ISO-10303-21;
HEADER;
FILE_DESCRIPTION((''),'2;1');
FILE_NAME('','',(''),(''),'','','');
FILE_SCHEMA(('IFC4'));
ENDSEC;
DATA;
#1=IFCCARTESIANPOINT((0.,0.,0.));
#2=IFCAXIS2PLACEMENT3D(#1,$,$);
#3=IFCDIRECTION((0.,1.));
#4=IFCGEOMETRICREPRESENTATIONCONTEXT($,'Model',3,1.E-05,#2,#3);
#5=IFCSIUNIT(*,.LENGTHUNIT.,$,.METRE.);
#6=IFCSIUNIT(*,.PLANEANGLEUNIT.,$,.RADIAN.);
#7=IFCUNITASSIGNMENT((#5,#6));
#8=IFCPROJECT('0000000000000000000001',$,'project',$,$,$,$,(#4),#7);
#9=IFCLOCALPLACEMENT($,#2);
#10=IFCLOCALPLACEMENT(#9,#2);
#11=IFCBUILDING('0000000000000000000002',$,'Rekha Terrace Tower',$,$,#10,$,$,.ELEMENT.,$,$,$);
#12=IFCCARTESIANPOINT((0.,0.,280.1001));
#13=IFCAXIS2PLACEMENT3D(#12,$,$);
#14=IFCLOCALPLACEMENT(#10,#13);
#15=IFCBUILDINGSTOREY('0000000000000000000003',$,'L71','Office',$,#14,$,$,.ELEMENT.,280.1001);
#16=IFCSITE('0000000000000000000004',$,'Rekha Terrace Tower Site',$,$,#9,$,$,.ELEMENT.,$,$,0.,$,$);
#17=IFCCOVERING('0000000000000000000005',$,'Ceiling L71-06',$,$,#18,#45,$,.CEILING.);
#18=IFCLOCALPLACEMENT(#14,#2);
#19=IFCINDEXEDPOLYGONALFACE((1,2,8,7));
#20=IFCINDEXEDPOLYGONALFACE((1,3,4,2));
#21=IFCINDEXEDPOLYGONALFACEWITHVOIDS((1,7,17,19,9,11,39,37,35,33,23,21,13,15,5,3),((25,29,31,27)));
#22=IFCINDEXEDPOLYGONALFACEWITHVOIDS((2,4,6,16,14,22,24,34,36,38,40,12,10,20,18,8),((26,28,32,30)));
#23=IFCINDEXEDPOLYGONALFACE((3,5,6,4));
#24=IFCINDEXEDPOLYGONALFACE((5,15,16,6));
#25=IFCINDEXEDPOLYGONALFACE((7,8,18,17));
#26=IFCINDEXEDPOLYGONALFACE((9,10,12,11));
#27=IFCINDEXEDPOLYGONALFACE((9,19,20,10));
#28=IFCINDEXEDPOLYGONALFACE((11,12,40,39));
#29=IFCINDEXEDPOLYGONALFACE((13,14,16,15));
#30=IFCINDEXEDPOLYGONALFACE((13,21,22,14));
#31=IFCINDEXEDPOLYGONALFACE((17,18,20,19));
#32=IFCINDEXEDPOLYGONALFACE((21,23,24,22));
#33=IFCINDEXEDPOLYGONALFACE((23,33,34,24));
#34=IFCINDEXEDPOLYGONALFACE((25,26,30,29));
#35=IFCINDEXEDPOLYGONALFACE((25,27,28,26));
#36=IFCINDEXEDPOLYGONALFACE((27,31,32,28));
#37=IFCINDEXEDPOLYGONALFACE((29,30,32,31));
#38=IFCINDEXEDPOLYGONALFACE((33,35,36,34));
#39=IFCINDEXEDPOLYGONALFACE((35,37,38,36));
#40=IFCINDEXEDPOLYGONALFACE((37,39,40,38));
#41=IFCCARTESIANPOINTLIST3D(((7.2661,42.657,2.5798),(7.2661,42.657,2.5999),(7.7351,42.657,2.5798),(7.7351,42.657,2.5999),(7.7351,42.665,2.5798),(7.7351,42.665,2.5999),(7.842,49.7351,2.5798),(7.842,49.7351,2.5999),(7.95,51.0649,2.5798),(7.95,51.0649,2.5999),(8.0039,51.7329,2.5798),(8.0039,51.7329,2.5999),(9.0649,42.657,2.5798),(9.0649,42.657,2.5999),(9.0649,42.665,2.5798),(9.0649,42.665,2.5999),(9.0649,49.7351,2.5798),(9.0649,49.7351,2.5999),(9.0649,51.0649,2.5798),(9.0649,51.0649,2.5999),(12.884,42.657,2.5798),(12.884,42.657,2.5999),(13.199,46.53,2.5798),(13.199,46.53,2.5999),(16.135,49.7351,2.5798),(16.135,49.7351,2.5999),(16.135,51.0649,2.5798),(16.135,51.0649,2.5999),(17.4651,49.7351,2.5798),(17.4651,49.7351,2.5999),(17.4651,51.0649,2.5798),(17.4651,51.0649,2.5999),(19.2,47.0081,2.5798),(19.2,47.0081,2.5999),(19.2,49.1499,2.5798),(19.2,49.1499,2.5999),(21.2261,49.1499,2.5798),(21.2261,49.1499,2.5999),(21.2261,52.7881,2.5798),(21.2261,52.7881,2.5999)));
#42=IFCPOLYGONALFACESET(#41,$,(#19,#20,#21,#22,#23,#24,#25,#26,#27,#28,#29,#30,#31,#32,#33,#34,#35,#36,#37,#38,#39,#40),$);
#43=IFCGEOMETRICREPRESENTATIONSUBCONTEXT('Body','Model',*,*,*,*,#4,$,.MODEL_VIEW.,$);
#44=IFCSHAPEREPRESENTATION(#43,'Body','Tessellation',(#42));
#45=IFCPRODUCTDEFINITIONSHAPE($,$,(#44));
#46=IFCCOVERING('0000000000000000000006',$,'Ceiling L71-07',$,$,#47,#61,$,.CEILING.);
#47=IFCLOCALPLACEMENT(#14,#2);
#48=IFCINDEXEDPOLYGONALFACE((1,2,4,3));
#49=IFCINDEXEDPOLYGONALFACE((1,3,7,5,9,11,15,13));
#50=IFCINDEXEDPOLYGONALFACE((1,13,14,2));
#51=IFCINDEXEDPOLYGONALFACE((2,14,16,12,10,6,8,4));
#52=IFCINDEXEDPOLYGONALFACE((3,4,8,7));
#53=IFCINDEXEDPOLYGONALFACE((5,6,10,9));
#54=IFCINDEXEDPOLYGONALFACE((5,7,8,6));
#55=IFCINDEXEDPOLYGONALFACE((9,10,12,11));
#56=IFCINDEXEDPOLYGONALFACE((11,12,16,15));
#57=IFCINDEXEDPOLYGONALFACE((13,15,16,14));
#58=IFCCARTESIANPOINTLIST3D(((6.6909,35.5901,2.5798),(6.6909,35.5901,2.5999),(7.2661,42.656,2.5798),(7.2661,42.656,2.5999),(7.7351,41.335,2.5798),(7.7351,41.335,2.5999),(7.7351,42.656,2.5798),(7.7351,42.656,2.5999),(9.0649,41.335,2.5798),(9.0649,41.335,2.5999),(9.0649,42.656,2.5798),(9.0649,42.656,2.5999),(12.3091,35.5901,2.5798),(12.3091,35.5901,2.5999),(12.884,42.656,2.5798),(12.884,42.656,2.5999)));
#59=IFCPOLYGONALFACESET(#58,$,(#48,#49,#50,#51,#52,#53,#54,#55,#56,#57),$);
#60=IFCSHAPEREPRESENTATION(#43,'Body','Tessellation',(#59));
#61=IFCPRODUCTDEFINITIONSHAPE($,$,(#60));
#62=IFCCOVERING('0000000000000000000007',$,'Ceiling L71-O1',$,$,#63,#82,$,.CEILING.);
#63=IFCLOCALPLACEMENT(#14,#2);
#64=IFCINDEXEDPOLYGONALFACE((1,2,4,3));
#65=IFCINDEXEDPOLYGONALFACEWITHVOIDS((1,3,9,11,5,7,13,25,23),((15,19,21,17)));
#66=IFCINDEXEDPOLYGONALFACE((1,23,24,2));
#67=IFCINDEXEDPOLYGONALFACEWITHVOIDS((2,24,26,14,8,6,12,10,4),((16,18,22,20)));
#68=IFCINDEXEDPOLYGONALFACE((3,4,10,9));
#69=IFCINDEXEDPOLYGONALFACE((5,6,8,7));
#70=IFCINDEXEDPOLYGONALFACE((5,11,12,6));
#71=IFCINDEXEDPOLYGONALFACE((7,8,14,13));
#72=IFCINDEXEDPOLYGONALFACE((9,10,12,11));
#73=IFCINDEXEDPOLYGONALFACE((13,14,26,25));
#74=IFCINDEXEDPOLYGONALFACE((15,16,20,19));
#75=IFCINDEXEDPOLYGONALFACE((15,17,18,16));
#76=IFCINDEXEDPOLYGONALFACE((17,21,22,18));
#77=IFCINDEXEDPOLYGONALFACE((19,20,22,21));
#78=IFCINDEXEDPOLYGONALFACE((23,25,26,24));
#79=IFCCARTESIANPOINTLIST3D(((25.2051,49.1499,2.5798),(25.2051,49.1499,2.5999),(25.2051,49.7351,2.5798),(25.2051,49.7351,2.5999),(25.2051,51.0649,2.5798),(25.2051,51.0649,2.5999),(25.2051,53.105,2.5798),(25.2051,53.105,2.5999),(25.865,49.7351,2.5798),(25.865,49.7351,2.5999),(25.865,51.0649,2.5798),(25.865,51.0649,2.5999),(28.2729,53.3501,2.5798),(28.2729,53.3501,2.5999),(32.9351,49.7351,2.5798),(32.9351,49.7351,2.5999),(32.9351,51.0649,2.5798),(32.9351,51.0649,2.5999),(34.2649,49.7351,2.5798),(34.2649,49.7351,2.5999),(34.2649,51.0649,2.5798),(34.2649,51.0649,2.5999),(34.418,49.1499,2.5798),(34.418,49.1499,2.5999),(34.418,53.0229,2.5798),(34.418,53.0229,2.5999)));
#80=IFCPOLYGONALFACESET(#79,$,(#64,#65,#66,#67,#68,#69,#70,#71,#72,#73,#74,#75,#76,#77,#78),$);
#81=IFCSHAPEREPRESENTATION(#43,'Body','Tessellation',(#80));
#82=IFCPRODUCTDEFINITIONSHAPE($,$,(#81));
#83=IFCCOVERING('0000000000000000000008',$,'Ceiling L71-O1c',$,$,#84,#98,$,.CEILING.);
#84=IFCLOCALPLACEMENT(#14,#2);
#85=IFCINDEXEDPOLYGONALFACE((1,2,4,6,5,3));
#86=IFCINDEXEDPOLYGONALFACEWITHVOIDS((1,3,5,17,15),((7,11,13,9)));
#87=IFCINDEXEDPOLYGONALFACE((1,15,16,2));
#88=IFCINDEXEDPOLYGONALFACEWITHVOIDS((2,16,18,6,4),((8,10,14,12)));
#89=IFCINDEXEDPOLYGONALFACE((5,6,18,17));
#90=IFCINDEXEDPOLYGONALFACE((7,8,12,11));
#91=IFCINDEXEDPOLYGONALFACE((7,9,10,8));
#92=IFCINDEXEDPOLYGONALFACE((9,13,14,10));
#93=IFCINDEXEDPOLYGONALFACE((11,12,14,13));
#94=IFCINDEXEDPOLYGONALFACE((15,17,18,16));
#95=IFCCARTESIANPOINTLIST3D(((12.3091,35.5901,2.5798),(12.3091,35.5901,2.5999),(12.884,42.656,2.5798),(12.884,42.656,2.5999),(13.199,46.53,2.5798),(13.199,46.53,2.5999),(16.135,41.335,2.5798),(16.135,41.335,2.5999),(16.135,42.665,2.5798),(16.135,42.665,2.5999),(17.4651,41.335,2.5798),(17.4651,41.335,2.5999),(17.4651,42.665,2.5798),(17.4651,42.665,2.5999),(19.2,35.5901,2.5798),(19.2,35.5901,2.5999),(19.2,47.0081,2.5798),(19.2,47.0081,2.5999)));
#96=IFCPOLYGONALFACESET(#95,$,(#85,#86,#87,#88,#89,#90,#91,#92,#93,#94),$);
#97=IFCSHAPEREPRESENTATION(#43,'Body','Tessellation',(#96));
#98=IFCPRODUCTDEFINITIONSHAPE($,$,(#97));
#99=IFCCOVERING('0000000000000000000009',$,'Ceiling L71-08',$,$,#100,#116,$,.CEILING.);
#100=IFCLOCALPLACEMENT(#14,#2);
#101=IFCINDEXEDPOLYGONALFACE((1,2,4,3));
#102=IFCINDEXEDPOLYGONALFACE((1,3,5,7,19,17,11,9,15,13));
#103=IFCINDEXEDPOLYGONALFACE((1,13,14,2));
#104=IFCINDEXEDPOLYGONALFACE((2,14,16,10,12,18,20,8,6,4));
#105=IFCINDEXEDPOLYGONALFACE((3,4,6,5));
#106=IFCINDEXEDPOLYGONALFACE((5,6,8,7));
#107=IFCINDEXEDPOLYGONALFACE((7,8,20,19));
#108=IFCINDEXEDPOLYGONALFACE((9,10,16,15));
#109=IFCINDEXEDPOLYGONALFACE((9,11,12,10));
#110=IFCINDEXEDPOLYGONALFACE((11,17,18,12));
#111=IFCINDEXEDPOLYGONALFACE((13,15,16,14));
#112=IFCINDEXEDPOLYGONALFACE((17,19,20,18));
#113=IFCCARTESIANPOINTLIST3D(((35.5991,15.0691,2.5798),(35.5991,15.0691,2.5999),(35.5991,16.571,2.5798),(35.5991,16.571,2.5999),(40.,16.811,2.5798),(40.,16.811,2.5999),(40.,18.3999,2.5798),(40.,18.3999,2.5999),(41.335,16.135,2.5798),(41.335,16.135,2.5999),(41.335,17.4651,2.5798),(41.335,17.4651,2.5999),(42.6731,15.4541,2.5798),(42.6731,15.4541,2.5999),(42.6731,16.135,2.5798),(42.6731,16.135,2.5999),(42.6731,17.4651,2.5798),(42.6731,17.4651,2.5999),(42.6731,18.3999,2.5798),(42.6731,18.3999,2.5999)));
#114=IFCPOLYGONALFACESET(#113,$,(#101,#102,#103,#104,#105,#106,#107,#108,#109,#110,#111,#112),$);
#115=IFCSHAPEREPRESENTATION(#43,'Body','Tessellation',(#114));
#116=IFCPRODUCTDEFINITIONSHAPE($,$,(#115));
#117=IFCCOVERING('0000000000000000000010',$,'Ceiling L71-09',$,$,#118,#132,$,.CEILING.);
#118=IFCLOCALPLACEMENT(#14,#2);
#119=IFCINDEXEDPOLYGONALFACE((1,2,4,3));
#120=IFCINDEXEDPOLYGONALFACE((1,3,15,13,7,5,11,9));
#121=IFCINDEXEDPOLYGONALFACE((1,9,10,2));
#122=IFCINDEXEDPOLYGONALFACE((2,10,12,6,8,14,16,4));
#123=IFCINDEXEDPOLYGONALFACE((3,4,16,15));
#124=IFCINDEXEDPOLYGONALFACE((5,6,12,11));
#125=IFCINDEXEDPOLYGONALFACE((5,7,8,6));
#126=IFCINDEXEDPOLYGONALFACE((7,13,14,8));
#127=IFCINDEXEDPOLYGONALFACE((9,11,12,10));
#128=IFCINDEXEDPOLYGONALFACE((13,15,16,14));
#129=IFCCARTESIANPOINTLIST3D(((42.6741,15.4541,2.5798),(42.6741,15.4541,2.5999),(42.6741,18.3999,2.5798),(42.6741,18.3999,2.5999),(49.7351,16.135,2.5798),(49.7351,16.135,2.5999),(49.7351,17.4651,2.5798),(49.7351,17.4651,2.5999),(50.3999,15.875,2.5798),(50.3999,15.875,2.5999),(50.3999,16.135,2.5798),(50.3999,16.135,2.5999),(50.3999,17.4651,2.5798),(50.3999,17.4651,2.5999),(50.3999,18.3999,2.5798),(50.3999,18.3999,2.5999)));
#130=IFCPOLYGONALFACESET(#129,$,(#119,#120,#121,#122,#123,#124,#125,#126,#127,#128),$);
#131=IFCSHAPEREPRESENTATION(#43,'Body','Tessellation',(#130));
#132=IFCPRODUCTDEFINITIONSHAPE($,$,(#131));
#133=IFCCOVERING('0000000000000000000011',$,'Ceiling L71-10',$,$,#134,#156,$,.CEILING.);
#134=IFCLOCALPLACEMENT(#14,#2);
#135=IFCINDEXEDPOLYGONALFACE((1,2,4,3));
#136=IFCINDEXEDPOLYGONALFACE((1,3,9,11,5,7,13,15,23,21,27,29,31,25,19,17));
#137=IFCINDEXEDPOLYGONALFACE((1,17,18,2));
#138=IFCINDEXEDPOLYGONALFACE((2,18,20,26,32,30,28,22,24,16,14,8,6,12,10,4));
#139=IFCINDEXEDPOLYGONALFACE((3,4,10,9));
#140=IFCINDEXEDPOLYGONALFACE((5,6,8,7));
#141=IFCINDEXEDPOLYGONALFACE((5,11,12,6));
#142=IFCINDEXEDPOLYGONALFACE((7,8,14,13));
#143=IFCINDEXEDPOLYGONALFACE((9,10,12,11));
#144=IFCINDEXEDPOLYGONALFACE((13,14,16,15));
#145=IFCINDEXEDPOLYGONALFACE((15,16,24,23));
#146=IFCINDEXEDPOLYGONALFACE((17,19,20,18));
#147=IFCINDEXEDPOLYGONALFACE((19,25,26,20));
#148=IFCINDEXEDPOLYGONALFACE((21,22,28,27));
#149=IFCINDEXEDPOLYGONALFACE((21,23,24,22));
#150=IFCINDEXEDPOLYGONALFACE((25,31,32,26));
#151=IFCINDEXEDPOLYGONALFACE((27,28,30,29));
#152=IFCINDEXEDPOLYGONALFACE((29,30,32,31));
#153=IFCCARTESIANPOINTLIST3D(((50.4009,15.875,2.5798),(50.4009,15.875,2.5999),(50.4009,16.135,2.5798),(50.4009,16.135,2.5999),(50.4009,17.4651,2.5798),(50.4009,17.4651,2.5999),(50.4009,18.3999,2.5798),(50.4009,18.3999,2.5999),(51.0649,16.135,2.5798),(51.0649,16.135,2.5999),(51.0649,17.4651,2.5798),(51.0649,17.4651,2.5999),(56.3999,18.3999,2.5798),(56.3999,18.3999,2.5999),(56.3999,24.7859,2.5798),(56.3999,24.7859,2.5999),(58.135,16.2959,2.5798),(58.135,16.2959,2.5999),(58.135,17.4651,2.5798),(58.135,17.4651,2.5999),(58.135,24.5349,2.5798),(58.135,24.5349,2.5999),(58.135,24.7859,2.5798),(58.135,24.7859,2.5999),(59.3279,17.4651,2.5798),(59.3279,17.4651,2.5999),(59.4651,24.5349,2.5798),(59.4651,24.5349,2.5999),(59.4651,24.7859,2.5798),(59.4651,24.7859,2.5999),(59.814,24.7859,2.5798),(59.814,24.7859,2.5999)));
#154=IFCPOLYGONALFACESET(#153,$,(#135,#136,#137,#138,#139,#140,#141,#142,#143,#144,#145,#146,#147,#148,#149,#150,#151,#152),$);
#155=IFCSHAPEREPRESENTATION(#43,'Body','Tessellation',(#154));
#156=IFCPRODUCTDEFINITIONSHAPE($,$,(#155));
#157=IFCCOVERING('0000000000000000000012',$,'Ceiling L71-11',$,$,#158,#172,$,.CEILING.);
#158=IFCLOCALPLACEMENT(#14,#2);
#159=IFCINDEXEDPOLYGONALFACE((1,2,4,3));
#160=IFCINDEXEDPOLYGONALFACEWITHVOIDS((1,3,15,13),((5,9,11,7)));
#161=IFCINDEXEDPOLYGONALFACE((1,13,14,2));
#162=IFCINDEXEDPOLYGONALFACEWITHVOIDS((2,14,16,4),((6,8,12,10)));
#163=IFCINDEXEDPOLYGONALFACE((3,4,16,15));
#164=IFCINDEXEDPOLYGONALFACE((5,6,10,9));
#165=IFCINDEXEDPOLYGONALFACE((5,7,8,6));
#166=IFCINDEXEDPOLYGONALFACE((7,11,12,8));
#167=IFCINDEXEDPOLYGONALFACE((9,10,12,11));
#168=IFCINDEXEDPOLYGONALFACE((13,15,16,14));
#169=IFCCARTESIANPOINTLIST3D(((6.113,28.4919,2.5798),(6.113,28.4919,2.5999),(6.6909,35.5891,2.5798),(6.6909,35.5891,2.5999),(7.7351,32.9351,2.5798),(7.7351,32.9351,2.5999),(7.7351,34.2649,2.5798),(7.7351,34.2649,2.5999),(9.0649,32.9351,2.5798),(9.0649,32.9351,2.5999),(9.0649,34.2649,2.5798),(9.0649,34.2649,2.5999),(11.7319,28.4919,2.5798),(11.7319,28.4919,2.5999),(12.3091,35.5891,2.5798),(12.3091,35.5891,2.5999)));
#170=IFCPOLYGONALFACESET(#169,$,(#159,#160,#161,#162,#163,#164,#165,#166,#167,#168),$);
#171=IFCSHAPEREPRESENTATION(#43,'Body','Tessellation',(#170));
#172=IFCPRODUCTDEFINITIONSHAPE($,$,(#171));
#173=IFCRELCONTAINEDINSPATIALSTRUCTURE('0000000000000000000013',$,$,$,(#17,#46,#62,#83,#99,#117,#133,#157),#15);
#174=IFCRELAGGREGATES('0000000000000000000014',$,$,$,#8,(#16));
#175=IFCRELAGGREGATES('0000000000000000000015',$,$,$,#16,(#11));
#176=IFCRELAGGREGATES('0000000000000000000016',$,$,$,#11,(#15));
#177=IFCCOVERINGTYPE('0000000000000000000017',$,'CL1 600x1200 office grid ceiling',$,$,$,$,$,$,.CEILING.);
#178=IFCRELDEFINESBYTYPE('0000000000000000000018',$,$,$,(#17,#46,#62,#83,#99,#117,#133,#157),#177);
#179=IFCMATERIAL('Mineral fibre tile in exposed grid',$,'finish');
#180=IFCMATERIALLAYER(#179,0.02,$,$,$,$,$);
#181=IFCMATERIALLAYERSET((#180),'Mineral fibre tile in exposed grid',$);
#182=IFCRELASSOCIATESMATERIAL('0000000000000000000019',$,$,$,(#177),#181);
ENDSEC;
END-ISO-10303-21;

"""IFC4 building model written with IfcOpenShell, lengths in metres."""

from ifc_helpers import new_model, si_unit, direction, frame, origin, place, context, subcontext, project, spatial, polyline, outline, extrude, material, layer, layer_set, type_object, element, save


model = new_model("IFC4")

# Units and contexts
model_context = context("Model", 3, precision=1e-05, world=origin(), true_north=direction((0.0, 1.0)))
body_context = subcontext(model_context, "Body", "Model", "MODEL_VIEW")
ifc_project = project(units=[si_unit("LENGTHUNIT", "METRE"), si_unit("PLANEANGLEUNIT", "RADIAN")], contexts=[model_context])

# Site, building, storey
site_placement = place(None, origin())
site = spatial("IfcSite", under=ifc_project, at=site_placement, Name="Rekha Terrace Tower Site", CompositionType="ELEMENT", RefElevation=0.0)
building_placement = place(site_placement, origin())
building = spatial("IfcBuilding", under=site, at=building_placement, Name="Rekha Terrace Tower", CompositionType="ELEMENT")
storey_placement = place(building_placement, frame((0.0, 0.0, 280.1001)))
storey = spatial("IfcBuildingStorey", under=building, at=storey_placement, Name="L71", Description="Office", CompositionType="ELEMENT", Elevation=280.1001)

# Coverings
ifc_material_1 = material(Name="Mineral fibre tile in exposed grid", Category="finish")
ifc_layer_1 = layer(ifc_material_1, 0.02)
ifc_layer_set_1 = layer_set([ifc_layer_1], Name="Mineral fibre tile in exposed grid")
covering_type_1 = type_object("IfcCoveringType", Name="CL1 600x1200 office grid ceiling", PredefinedType="CEILING", material=ifc_layer_set_1)
covering_1_placement = place(storey_placement, frame((0.0, 0.0, 2.5798)))
element("IfcCovering", 1, at=covering_1_placement, inside=storey, type_object=covering_type_1, Name="Ceiling L71-06", PredefinedType="CEILING", context=body_context, shape_type="SweptSolid", body=[
    extrude(outline(polyline([(7.2661, 42.657), (7.7351, 42.657), (7.7351, 42.665), (9.0649, 42.665), (9.0649, 42.657), (12.884, 42.657), (13.199, 46.53), (19.2, 47.0081), (19.2, 49.1499), (21.2261, 49.1499), (21.2261, 52.7881), (8.0039, 51.7329), (7.95, 51.0649), (9.0649, 51.0649), (9.0649, 49.7351), (7.842, 49.7351), (7.2661, 42.657)]), holes=[polyline([(17.4651, 49.7351), (16.135, 49.7351), (16.135, 51.0649), (17.4651, 51.0649), (17.4651, 49.7351)])]), origin(), (0.0, 0.0, 1.0), 0.02),
])
covering_2_placement = place(storey_placement, frame((0.0, 0.0, 2.5798)))
element("IfcCovering", 2, at=covering_2_placement, inside=storey, type_object=covering_type_1, Name="Ceiling L71-07", PredefinedType="CEILING", context=body_context, shape_type="SweptSolid", body=[
    extrude(outline(polyline([(7.7351, 42.656), (7.2661, 42.656), (6.6909, 35.5901), (12.3091, 35.5901), (12.884, 42.656), (9.0649, 42.656), (9.0649, 41.335), (7.7351, 41.335), (7.7351, 42.656)])), origin(), (0.0, 0.0, 1.0), 0.02),
])
covering_3_placement = place(storey_placement, frame((0.0, 0.0, 2.5798)))
element("IfcCovering", 3, at=covering_3_placement, inside=storey, type_object=covering_type_1, Name="Ceiling L71-O1", PredefinedType="CEILING", context=body_context, shape_type="SweptSolid", body=[
    extrude(outline(polyline([(25.2051, 49.7351), (25.2051, 49.1499), (34.418, 49.1499), (34.418, 53.0229), (28.2729, 53.3501), (25.2051, 53.105), (25.2051, 51.0649), (25.865, 51.0649), (25.865, 49.7351), (25.2051, 49.7351)]), holes=[polyline([(34.2649, 49.7351), (32.9351, 49.7351), (32.9351, 51.0649), (34.2649, 51.0649), (34.2649, 49.7351)])]), origin(), (0.0, 0.0, 1.0), 0.02),
])
covering_4_placement = place(storey_placement, frame((0.0, 0.0, 2.5798)))
element("IfcCovering", 4, at=covering_4_placement, inside=storey, type_object=covering_type_1, Name="Ceiling L71-O1c", PredefinedType="CEILING", context=body_context, shape_type="SweptSolid", body=[
    extrude(outline(polyline([(13.199, 46.53), (12.884, 42.656), (12.3091, 35.5901), (19.2, 35.5901), (19.2, 47.0081), (13.199, 46.53)]), holes=[polyline([(17.4651, 41.335), (16.135, 41.335), (16.135, 42.665), (17.4651, 42.665), (17.4651, 41.335)])]), origin(), (0.0, 0.0, 1.0), 0.02),
])
covering_5_placement = place(storey_placement, frame((0.0, 0.0, 2.5798)))
element("IfcCovering", 5, at=covering_5_placement, inside=storey, type_object=covering_type_1, Name="Ceiling L71-08", PredefinedType="CEILING", context=body_context, shape_type="SweptSolid", body=[
    extrude(outline(polyline([(42.6731, 18.3999), (40.0, 18.3999), (40.0, 16.811), (35.5991, 16.571), (35.5991, 15.0691), (42.6731, 15.4541), (42.6731, 16.135), (41.335, 16.135), (41.335, 17.4651), (42.6731, 17.4651), (42.6731, 18.3999)])), origin(), (0.0, 0.0, 1.0), 0.02),
])
covering_6_placement = place(storey_placement, frame((0.0, 0.0, 2.5798)))
element("IfcCovering", 6, at=covering_6_placement, inside=storey, type_object=covering_type_1, Name="Ceiling L71-09", PredefinedType="CEILING", context=body_context, shape_type="SweptSolid", body=[
    extrude(outline(polyline([(42.6741, 18.3999), (42.6741, 15.4541), (50.3999, 15.875), (50.3999, 16.135), (49.7351, 16.135), (49.7351, 17.4651), (50.3999, 17.4651), (50.3999, 18.3999), (42.6741, 18.3999)])), origin(), (0.0, 0.0, 1.0), 0.02),
])
covering_7_placement = place(storey_placement, frame((0.0, 0.0, 2.5798)))
element("IfcCovering", 7, at=covering_7_placement, inside=storey, type_object=covering_type_1, Name="Ceiling L71-10", PredefinedType="CEILING", context=body_context, shape_type="SweptSolid", body=[
    extrude(outline(polyline([(58.135, 24.5349), (58.135, 24.7859), (56.3999, 24.7859), (56.3999, 18.3999), (50.4009, 18.3999), (50.4009, 17.4651), (51.0649, 17.4651), (51.0649, 16.135), (50.4009, 16.135), (50.4009, 15.875), (58.135, 16.2959), (58.135, 17.4651), (59.3279, 17.4651), (59.814, 24.7859), (59.4651, 24.7859), (59.4651, 24.5349), (58.135, 24.5349)])), origin(), (0.0, 0.0, 1.0), 0.02),
])
covering_8_placement = place(storey_placement, frame((0.0, 0.0, 2.5798)))
element("IfcCovering", 8, at=covering_8_placement, inside=storey, type_object=covering_type_1, Name="Ceiling L71-11", PredefinedType="CEILING", context=body_context, shape_type="SweptSolid", body=[
    extrude(outline(polyline([(11.7319, 28.4919), (12.3091, 35.5891), (6.6909, 35.5891), (6.113, 28.4919), (11.7319, 28.4919)]), holes=[polyline([(9.0649, 34.2649), (9.0649, 32.9351), (7.7351, 32.9351), (7.7351, 34.2649), (9.0649, 34.2649)])]), origin(), (0.0, 0.0, 1.0), 0.02),
])

save(model, "model.ifc")
